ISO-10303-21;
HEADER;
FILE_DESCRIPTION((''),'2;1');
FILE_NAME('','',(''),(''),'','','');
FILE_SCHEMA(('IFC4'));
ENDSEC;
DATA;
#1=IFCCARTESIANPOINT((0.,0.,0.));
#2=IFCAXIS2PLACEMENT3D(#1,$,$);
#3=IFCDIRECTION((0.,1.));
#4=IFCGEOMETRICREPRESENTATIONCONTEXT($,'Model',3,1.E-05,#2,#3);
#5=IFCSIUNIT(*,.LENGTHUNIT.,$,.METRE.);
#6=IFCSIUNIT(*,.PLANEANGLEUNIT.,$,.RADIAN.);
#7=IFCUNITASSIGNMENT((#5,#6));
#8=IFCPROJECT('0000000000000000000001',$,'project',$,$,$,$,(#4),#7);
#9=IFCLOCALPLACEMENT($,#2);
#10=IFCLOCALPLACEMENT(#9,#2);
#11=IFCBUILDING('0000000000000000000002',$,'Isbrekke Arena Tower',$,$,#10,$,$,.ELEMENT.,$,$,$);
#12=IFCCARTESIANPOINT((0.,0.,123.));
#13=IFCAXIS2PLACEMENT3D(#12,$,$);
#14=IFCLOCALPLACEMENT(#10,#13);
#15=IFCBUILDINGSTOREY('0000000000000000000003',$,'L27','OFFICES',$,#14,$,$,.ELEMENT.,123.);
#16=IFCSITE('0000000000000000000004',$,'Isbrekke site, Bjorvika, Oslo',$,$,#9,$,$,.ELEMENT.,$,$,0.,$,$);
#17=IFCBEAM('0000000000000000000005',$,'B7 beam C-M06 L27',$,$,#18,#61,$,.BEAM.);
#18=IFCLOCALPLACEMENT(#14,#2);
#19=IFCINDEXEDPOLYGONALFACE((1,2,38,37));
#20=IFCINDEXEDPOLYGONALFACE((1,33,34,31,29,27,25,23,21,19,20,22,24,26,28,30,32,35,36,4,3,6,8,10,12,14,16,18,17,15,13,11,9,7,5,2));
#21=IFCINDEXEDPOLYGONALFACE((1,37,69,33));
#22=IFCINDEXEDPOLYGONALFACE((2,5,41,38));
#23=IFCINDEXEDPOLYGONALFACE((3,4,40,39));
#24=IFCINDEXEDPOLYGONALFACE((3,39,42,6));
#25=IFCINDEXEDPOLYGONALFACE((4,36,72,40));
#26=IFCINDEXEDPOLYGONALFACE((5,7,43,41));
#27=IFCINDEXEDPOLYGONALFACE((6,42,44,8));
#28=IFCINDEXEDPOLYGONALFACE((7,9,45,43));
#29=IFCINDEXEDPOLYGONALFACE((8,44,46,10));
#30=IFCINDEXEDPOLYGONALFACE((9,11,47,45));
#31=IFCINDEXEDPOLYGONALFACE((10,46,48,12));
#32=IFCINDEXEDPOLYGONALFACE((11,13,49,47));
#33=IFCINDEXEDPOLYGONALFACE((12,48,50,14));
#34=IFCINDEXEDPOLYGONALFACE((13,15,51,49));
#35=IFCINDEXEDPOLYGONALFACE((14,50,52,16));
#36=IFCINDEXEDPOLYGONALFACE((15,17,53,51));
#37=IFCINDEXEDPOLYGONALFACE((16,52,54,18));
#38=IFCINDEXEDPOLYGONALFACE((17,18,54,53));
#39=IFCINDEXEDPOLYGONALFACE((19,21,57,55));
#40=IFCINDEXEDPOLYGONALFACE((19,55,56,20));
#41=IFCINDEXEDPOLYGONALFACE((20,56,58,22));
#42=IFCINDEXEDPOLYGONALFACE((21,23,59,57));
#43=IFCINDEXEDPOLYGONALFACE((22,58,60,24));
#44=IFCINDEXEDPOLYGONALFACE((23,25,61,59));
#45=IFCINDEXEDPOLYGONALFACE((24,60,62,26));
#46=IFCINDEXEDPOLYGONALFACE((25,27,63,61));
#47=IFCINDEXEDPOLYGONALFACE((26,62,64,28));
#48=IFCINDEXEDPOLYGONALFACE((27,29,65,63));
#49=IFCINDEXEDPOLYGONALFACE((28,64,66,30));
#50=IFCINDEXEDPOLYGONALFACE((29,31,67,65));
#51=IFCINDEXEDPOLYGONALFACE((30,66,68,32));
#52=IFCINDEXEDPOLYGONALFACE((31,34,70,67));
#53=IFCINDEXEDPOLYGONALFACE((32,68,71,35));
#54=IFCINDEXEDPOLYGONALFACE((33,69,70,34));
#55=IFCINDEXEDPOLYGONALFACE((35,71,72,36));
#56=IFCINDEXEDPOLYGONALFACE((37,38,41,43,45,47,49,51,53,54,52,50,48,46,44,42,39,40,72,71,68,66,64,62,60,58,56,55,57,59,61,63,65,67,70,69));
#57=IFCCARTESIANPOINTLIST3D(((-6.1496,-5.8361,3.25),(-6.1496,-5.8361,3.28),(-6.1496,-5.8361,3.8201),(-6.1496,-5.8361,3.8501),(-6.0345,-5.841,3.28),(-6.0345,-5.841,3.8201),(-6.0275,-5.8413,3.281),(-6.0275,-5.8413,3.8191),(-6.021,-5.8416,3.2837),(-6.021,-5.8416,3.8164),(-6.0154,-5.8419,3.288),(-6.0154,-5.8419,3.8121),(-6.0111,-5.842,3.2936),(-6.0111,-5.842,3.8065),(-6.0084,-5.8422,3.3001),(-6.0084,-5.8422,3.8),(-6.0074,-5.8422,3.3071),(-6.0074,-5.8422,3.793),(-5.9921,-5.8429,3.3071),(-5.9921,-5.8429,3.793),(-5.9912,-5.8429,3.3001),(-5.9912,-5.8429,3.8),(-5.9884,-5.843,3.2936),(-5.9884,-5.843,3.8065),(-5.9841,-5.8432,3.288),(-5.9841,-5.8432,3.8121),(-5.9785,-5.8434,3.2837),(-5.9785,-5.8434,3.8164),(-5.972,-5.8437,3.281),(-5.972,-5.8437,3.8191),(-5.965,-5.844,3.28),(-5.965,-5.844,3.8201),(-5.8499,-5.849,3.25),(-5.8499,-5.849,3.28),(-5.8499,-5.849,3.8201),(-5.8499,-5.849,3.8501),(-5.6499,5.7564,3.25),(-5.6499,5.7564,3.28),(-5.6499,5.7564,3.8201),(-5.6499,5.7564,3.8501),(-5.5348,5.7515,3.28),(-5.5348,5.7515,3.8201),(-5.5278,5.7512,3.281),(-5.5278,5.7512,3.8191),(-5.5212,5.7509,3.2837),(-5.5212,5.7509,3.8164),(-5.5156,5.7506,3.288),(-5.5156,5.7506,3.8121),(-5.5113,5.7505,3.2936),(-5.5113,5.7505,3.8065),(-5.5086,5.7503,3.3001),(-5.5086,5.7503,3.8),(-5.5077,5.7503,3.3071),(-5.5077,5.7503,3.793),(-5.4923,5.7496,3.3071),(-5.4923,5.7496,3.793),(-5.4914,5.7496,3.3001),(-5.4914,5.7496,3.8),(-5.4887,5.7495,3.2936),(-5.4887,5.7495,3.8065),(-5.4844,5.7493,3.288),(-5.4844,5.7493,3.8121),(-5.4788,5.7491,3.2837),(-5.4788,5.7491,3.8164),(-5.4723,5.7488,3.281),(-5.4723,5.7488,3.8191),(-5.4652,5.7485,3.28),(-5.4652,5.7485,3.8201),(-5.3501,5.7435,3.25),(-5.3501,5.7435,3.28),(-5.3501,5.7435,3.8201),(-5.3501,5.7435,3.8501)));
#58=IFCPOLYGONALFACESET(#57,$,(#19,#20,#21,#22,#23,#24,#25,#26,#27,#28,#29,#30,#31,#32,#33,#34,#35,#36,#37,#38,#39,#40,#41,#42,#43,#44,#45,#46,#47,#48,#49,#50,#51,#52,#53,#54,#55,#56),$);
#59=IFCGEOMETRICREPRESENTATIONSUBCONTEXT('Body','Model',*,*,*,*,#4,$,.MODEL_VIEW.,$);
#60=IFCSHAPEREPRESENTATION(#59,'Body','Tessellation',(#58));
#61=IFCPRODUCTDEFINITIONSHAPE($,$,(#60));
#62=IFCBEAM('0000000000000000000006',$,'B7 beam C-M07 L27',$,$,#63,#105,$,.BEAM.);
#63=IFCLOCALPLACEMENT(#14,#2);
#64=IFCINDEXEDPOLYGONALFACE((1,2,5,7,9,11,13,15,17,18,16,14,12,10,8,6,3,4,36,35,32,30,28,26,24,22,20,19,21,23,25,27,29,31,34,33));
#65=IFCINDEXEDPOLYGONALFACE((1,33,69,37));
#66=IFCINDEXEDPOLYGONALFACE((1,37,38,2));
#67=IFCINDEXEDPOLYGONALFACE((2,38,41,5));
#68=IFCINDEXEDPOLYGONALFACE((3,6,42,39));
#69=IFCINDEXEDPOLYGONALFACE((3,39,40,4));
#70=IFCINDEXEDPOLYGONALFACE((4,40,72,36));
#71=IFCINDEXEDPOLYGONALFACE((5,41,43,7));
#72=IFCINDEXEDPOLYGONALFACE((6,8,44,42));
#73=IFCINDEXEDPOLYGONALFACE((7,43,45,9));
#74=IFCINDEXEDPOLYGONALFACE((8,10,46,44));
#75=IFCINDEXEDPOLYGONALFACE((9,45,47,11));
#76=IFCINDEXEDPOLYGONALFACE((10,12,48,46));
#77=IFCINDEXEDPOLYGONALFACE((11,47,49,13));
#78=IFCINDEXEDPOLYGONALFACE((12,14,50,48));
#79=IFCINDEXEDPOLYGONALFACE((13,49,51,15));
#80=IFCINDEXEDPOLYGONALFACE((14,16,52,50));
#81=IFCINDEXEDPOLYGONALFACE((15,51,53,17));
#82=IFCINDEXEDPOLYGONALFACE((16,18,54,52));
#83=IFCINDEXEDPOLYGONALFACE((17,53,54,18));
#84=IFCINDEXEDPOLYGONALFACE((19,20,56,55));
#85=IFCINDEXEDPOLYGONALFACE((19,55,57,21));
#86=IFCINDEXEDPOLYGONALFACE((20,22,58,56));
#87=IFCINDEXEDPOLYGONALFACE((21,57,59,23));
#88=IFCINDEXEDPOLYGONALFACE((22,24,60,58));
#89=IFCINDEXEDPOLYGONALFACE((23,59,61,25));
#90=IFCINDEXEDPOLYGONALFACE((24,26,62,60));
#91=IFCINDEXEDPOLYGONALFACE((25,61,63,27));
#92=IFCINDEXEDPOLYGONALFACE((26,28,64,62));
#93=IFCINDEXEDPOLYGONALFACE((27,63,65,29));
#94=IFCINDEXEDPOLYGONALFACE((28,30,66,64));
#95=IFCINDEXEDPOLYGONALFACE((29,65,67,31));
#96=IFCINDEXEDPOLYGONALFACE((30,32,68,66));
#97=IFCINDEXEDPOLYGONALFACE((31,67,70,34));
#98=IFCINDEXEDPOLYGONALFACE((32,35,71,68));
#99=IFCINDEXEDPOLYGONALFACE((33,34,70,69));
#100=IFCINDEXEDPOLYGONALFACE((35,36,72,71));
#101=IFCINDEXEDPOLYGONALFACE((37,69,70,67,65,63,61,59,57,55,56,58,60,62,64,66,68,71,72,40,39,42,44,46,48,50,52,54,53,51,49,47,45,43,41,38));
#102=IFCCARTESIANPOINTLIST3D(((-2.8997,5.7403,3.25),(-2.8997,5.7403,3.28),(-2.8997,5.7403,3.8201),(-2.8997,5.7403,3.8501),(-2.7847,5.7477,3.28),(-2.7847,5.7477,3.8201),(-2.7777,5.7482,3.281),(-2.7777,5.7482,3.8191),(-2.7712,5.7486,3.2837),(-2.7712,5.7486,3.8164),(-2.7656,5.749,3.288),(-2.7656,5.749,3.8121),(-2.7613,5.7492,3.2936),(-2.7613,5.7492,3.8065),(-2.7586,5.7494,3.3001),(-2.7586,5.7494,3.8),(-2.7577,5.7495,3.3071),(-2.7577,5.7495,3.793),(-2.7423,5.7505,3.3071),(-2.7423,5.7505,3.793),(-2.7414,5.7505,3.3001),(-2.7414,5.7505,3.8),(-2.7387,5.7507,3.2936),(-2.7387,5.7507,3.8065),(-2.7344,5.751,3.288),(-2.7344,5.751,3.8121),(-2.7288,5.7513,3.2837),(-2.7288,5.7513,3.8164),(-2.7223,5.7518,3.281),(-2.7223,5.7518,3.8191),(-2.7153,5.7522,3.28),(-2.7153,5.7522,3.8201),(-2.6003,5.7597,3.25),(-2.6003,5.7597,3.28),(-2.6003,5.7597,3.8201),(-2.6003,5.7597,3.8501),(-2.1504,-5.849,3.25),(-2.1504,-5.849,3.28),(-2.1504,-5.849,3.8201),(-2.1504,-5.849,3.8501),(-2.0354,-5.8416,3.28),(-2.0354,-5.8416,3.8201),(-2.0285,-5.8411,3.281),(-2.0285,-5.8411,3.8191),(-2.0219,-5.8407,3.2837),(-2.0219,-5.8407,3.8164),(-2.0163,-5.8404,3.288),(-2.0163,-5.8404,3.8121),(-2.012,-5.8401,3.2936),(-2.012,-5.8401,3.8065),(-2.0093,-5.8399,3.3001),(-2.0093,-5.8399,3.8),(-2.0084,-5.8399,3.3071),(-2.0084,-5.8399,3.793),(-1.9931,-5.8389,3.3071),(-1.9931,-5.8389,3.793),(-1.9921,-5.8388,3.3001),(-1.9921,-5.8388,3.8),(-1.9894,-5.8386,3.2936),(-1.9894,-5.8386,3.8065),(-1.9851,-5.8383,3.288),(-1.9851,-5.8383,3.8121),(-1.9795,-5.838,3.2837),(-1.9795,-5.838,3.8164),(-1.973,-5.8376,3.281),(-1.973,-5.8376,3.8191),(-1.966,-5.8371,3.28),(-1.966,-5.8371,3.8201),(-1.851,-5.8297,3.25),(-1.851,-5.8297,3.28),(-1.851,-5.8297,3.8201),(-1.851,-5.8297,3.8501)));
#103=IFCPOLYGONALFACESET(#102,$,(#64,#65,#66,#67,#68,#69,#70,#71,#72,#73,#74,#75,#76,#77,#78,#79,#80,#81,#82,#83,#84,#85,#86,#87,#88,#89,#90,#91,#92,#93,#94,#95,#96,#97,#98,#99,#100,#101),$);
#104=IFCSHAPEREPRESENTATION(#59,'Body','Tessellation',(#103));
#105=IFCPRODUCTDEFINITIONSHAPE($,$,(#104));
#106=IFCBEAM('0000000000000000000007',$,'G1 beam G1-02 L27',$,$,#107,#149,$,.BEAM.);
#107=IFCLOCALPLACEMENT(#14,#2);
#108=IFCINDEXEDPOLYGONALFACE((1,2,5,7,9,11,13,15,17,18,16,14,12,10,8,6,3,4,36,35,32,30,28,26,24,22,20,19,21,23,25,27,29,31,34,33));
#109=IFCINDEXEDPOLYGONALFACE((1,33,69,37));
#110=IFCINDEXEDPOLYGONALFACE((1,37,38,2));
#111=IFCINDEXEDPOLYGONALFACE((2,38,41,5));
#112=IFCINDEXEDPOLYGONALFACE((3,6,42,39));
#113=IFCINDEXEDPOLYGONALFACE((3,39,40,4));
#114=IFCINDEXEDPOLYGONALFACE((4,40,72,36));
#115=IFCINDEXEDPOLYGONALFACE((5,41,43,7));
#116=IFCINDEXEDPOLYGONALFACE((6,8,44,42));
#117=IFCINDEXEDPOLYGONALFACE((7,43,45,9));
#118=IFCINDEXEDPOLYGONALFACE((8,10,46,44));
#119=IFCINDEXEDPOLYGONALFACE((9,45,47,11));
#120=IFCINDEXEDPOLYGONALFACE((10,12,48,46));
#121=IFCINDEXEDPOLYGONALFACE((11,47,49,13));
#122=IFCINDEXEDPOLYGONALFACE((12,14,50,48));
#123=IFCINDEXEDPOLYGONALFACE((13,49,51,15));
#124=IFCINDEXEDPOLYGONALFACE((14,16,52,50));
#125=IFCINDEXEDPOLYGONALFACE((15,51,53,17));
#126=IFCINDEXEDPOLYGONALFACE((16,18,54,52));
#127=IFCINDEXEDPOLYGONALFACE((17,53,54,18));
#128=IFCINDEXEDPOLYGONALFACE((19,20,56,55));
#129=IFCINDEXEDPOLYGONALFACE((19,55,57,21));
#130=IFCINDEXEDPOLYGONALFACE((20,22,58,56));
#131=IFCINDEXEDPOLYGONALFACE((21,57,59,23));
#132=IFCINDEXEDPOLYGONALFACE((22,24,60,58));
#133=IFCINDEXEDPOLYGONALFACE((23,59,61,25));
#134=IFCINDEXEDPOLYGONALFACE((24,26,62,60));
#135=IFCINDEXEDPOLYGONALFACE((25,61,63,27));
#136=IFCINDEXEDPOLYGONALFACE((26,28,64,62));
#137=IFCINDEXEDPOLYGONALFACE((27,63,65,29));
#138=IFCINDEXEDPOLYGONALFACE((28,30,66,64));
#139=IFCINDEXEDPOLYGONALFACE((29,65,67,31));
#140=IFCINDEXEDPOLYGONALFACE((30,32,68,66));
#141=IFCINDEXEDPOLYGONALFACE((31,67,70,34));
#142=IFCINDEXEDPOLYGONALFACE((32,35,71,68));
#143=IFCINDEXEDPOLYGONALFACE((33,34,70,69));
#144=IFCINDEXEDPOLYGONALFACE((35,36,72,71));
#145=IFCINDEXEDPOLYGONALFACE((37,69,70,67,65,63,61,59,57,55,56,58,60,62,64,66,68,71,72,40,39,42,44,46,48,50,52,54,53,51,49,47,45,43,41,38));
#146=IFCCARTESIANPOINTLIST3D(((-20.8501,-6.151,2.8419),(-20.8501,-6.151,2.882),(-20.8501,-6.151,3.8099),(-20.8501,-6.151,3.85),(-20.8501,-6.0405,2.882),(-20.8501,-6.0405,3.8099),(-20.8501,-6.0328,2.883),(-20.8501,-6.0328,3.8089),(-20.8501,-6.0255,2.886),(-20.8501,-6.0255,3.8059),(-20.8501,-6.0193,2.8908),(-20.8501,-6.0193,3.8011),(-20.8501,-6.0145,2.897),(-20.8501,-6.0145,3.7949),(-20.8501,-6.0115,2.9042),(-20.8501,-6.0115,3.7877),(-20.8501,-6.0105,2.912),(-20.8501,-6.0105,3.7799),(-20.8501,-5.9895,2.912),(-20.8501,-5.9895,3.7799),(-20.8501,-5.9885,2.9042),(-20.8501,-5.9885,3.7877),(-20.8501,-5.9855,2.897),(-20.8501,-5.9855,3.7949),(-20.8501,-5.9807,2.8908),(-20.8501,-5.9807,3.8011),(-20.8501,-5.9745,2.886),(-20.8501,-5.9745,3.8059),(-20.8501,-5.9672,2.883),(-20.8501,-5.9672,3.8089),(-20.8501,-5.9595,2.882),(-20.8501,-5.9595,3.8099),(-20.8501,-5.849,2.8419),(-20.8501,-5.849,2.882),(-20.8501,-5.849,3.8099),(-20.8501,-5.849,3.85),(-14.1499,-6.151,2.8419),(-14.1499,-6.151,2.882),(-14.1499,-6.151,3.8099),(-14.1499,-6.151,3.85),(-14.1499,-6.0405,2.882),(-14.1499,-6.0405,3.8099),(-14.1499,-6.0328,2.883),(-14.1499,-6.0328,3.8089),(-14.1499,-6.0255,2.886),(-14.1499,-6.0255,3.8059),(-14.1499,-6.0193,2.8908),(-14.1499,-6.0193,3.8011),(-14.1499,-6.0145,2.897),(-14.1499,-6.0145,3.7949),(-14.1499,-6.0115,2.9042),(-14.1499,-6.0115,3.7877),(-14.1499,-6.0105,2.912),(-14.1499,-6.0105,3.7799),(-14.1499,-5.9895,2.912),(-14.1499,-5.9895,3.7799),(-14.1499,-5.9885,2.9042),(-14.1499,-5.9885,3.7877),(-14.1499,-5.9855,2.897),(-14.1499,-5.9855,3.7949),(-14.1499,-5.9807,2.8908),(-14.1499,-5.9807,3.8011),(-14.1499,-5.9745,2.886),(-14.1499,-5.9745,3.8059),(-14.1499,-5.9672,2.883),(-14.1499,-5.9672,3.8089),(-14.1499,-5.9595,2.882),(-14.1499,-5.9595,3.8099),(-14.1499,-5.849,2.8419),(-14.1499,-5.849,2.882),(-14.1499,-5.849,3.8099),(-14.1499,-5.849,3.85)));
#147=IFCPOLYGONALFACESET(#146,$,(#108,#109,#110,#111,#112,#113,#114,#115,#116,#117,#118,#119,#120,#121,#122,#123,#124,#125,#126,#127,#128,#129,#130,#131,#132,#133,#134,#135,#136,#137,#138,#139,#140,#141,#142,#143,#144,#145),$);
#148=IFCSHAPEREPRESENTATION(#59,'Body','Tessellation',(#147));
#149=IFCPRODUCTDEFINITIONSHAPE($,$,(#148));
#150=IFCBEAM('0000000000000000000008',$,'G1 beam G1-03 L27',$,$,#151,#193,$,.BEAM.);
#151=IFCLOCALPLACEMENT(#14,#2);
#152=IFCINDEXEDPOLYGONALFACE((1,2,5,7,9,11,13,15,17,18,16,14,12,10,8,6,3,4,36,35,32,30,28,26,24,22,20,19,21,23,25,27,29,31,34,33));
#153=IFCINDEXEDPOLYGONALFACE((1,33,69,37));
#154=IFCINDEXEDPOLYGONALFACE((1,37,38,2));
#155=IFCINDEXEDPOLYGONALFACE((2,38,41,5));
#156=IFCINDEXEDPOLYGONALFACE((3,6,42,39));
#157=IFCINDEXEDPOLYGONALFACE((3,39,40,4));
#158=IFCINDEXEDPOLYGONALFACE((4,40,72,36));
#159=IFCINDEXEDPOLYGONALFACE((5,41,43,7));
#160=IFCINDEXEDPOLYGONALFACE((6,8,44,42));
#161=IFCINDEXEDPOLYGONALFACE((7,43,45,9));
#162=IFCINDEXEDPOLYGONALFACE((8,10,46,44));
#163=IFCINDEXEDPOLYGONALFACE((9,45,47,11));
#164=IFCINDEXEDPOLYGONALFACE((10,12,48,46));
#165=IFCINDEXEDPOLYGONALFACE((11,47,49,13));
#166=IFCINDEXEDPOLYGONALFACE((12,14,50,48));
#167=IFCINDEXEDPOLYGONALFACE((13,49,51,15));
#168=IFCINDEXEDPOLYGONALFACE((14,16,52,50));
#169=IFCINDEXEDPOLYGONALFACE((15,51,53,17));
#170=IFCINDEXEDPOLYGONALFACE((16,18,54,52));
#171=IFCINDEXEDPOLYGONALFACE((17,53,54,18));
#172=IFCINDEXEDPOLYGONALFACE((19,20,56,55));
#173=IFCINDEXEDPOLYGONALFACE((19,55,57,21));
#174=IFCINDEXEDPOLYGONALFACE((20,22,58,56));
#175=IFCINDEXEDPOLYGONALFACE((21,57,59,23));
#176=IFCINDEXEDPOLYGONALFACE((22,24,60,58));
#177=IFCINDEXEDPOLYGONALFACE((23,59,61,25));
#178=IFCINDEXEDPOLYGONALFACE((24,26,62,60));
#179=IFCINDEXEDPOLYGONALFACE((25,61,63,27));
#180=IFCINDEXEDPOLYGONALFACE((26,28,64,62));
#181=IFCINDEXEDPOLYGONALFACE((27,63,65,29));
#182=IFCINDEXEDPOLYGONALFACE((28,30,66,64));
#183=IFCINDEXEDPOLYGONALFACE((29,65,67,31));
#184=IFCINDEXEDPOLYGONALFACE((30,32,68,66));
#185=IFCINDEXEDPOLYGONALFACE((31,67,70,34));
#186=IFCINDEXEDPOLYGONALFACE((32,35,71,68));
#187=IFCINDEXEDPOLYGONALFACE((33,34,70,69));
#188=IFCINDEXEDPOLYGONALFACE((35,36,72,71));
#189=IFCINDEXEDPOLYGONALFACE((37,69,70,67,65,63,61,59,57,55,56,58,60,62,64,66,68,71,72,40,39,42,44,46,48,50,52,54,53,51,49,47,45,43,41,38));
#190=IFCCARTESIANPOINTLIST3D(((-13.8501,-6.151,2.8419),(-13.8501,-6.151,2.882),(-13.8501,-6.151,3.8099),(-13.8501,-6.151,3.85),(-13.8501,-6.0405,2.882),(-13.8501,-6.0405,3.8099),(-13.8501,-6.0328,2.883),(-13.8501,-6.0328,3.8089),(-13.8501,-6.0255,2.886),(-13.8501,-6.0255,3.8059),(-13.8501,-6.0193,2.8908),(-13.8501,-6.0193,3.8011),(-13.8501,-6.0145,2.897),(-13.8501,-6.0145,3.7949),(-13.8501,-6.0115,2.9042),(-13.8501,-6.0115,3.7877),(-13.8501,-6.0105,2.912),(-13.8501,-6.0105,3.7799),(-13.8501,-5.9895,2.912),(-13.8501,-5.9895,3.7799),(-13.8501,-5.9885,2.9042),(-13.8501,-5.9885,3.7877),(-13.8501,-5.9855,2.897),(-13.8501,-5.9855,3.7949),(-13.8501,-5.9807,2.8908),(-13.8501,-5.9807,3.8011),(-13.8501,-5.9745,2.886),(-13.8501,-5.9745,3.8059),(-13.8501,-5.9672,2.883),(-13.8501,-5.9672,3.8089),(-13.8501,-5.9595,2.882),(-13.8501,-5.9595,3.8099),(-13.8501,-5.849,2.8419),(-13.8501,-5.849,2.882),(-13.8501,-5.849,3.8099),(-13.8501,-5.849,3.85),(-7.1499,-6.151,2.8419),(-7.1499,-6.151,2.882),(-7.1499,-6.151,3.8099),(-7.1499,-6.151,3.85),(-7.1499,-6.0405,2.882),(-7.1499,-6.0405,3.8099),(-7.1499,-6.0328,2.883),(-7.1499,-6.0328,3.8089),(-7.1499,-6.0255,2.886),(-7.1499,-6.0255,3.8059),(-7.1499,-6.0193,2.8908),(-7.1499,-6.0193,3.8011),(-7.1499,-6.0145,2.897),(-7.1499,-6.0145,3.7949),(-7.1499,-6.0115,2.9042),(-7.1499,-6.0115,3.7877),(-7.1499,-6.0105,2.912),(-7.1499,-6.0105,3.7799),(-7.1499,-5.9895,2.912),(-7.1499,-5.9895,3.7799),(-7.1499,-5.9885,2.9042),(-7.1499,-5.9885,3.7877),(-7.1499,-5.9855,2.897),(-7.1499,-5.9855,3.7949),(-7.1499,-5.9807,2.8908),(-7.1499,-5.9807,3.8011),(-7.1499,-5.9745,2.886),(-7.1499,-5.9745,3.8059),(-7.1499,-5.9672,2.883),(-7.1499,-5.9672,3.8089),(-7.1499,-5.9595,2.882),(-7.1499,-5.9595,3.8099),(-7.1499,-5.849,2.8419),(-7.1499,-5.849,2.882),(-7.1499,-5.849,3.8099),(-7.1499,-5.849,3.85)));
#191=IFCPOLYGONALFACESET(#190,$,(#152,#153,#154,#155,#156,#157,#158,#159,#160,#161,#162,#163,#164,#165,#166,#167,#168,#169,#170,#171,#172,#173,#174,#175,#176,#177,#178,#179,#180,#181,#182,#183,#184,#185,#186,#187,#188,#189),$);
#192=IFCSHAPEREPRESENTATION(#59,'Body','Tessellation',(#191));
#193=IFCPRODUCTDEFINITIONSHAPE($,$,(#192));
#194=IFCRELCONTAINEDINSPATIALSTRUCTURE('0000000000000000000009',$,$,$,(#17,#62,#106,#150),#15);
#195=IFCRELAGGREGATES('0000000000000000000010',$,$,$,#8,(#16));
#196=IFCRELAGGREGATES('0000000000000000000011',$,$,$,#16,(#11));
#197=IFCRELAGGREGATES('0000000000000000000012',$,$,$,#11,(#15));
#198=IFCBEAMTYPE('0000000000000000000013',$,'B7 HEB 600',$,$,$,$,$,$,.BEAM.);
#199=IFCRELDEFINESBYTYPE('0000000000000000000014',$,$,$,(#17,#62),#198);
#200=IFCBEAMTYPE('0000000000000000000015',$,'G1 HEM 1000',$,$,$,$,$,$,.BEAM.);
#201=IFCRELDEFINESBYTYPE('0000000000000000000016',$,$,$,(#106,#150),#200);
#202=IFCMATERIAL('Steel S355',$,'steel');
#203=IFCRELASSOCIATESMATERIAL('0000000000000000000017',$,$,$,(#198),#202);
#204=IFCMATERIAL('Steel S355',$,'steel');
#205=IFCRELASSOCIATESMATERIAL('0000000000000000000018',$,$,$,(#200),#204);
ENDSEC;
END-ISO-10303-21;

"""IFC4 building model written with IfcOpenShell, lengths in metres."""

from ifc_helpers import new_model, si_unit, direction, frame, origin, origin_2d, place, context, subcontext, project, spatial, i_section, extrude, material, material_profile, profile_set, type_object, element, save


model = new_model("IFC4")

# Units and contexts
model_context = context("Model", 3, precision=1e-05, world=origin(), true_north=direction((0.0, 1.0)))
body_context = subcontext(model_context, "Body", "Model", "MODEL_VIEW")
ifc_project = project(units=[si_unit("LENGTHUNIT", "METRE"), si_unit("PLANEANGLEUNIT", "RADIAN")], contexts=[model_context])

# Site, building, storey
site_placement = place(None, origin())
site = spatial("IfcSite", under=ifc_project, at=site_placement, Name="Isbrekke site, Bjorvika, Oslo", CompositionType="ELEMENT", RefElevation=0.0)
building_placement = place(site_placement, origin())
building = spatial("IfcBuilding", under=site, at=building_placement, Name="Isbrekke Arena Tower", CompositionType="ELEMENT")
storey_placement = place(building_placement, frame((0.0, 0.0, 123.0)))
storey = spatial("IfcBuildingStorey", under=building, at=storey_placement, Name="L27", Description="OFFICES", CompositionType="ELEMENT", Elevation=123.0)

# Beams
ifc_material_1 = material(Name="Steel S355", Category="steel")
ifc_material_profile_1 = material_profile(ifc_material_1, i_section(OverallWidth=0.3, OverallDepth=0.6001, WebThickness=0.0154, FlangeThickness=0.03, FilletRadius=0.0271, at=origin_2d()), Name="HEB 600")
ifc_profile_set_1 = profile_set([ifc_material_profile_1], Name="Steel S355")
beam_type_1 = type_object("IfcBeamType", Name="B7 HEB 600", PredefinedType="BEAM", material=ifc_profile_set_1)
beam_1_placement = place(storey_placement, frame((-5.9998, -5.8425, 3.55), z_axis=(0.04307, 0.999072, 0.0), x_axis=(-0.999072, 0.04307, 0.0)))
element("IfcBeam", 1, at=beam_1_placement, inside=storey, type_object=beam_type_1, Name="B7 beam C-M06 L27", PredefinedType="BEAM", context=body_context, shape_type="SweptSolid", body=[
    extrude(i_section(OverallWidth=0.3, OverallDepth=0.6001, WebThickness=0.0154, FlangeThickness=0.03, FilletRadius=0.0271, at=origin_2d()), origin(), (0.0, 0.0, 1.0), 11.6033),
])
beam_2_placement = place(storey_placement, frame((-2.0007, -5.8394, 3.55), z_axis=(-0.064517, 0.997917, 0.0), x_axis=(-0.997917, -0.064517, 0.0)))
element("IfcBeam", 2, at=beam_2_placement, inside=storey, type_object=beam_type_1, Name="B7 beam C-M07 L27", PredefinedType="BEAM", context=body_context, shape_type="SweptSolid", body=[
    extrude(i_section(OverallWidth=0.3, OverallDepth=0.6001, WebThickness=0.0154, FlangeThickness=0.03, FilletRadius=0.0271, at=origin_2d()), origin(), (0.0, 0.0, 1.0), 11.6135),
])
ifc_material_2 = material(Name="Steel S355", Category="steel")
ifc_material_profile_2 = material_profile(ifc_material_2, i_section(OverallWidth=0.302, OverallDepth=1.0081, WebThickness=0.021, FlangeThickness=0.04, FilletRadius=0.03, at=origin_2d()), Name="HEM 1000")
ifc_profile_set_2 = profile_set([ifc_material_profile_2], Name="Steel S355")
beam_type_2 = type_object("IfcBeamType", Name="G1 HEM 1000", PredefinedType="BEAM", material=ifc_profile_set_2)
for number, where, z_axis, x_axis, name in (
    (3, (-20.8501, -6.0, 3.3459), (1.0, 0.0, 0.0), (0.0, 1.0, 0.0), "G1 beam G1-02 L27"),
    (4, (-13.8501, -6.0, 3.3459), (1.0, 0.0, 0.0), (0.0, 1.0, 0.0), "G1 beam G1-03 L27"),
):
    element("IfcBeam", number, at=place(storey_placement, frame(where, z_axis=z_axis, x_axis=x_axis)), inside=storey, type_object=beam_type_2, Name=name, PredefinedType="BEAM", context=body_context, shape_type="SweptSolid", body=[
        extrude(i_section(OverallWidth=0.302, OverallDepth=1.0081, WebThickness=0.021, FlangeThickness=0.04, FilletRadius=0.03, at=origin_2d()), origin(), (0.0, 0.0, 1.0), 6.7002),
    ])

save(model, "model.ifc")
